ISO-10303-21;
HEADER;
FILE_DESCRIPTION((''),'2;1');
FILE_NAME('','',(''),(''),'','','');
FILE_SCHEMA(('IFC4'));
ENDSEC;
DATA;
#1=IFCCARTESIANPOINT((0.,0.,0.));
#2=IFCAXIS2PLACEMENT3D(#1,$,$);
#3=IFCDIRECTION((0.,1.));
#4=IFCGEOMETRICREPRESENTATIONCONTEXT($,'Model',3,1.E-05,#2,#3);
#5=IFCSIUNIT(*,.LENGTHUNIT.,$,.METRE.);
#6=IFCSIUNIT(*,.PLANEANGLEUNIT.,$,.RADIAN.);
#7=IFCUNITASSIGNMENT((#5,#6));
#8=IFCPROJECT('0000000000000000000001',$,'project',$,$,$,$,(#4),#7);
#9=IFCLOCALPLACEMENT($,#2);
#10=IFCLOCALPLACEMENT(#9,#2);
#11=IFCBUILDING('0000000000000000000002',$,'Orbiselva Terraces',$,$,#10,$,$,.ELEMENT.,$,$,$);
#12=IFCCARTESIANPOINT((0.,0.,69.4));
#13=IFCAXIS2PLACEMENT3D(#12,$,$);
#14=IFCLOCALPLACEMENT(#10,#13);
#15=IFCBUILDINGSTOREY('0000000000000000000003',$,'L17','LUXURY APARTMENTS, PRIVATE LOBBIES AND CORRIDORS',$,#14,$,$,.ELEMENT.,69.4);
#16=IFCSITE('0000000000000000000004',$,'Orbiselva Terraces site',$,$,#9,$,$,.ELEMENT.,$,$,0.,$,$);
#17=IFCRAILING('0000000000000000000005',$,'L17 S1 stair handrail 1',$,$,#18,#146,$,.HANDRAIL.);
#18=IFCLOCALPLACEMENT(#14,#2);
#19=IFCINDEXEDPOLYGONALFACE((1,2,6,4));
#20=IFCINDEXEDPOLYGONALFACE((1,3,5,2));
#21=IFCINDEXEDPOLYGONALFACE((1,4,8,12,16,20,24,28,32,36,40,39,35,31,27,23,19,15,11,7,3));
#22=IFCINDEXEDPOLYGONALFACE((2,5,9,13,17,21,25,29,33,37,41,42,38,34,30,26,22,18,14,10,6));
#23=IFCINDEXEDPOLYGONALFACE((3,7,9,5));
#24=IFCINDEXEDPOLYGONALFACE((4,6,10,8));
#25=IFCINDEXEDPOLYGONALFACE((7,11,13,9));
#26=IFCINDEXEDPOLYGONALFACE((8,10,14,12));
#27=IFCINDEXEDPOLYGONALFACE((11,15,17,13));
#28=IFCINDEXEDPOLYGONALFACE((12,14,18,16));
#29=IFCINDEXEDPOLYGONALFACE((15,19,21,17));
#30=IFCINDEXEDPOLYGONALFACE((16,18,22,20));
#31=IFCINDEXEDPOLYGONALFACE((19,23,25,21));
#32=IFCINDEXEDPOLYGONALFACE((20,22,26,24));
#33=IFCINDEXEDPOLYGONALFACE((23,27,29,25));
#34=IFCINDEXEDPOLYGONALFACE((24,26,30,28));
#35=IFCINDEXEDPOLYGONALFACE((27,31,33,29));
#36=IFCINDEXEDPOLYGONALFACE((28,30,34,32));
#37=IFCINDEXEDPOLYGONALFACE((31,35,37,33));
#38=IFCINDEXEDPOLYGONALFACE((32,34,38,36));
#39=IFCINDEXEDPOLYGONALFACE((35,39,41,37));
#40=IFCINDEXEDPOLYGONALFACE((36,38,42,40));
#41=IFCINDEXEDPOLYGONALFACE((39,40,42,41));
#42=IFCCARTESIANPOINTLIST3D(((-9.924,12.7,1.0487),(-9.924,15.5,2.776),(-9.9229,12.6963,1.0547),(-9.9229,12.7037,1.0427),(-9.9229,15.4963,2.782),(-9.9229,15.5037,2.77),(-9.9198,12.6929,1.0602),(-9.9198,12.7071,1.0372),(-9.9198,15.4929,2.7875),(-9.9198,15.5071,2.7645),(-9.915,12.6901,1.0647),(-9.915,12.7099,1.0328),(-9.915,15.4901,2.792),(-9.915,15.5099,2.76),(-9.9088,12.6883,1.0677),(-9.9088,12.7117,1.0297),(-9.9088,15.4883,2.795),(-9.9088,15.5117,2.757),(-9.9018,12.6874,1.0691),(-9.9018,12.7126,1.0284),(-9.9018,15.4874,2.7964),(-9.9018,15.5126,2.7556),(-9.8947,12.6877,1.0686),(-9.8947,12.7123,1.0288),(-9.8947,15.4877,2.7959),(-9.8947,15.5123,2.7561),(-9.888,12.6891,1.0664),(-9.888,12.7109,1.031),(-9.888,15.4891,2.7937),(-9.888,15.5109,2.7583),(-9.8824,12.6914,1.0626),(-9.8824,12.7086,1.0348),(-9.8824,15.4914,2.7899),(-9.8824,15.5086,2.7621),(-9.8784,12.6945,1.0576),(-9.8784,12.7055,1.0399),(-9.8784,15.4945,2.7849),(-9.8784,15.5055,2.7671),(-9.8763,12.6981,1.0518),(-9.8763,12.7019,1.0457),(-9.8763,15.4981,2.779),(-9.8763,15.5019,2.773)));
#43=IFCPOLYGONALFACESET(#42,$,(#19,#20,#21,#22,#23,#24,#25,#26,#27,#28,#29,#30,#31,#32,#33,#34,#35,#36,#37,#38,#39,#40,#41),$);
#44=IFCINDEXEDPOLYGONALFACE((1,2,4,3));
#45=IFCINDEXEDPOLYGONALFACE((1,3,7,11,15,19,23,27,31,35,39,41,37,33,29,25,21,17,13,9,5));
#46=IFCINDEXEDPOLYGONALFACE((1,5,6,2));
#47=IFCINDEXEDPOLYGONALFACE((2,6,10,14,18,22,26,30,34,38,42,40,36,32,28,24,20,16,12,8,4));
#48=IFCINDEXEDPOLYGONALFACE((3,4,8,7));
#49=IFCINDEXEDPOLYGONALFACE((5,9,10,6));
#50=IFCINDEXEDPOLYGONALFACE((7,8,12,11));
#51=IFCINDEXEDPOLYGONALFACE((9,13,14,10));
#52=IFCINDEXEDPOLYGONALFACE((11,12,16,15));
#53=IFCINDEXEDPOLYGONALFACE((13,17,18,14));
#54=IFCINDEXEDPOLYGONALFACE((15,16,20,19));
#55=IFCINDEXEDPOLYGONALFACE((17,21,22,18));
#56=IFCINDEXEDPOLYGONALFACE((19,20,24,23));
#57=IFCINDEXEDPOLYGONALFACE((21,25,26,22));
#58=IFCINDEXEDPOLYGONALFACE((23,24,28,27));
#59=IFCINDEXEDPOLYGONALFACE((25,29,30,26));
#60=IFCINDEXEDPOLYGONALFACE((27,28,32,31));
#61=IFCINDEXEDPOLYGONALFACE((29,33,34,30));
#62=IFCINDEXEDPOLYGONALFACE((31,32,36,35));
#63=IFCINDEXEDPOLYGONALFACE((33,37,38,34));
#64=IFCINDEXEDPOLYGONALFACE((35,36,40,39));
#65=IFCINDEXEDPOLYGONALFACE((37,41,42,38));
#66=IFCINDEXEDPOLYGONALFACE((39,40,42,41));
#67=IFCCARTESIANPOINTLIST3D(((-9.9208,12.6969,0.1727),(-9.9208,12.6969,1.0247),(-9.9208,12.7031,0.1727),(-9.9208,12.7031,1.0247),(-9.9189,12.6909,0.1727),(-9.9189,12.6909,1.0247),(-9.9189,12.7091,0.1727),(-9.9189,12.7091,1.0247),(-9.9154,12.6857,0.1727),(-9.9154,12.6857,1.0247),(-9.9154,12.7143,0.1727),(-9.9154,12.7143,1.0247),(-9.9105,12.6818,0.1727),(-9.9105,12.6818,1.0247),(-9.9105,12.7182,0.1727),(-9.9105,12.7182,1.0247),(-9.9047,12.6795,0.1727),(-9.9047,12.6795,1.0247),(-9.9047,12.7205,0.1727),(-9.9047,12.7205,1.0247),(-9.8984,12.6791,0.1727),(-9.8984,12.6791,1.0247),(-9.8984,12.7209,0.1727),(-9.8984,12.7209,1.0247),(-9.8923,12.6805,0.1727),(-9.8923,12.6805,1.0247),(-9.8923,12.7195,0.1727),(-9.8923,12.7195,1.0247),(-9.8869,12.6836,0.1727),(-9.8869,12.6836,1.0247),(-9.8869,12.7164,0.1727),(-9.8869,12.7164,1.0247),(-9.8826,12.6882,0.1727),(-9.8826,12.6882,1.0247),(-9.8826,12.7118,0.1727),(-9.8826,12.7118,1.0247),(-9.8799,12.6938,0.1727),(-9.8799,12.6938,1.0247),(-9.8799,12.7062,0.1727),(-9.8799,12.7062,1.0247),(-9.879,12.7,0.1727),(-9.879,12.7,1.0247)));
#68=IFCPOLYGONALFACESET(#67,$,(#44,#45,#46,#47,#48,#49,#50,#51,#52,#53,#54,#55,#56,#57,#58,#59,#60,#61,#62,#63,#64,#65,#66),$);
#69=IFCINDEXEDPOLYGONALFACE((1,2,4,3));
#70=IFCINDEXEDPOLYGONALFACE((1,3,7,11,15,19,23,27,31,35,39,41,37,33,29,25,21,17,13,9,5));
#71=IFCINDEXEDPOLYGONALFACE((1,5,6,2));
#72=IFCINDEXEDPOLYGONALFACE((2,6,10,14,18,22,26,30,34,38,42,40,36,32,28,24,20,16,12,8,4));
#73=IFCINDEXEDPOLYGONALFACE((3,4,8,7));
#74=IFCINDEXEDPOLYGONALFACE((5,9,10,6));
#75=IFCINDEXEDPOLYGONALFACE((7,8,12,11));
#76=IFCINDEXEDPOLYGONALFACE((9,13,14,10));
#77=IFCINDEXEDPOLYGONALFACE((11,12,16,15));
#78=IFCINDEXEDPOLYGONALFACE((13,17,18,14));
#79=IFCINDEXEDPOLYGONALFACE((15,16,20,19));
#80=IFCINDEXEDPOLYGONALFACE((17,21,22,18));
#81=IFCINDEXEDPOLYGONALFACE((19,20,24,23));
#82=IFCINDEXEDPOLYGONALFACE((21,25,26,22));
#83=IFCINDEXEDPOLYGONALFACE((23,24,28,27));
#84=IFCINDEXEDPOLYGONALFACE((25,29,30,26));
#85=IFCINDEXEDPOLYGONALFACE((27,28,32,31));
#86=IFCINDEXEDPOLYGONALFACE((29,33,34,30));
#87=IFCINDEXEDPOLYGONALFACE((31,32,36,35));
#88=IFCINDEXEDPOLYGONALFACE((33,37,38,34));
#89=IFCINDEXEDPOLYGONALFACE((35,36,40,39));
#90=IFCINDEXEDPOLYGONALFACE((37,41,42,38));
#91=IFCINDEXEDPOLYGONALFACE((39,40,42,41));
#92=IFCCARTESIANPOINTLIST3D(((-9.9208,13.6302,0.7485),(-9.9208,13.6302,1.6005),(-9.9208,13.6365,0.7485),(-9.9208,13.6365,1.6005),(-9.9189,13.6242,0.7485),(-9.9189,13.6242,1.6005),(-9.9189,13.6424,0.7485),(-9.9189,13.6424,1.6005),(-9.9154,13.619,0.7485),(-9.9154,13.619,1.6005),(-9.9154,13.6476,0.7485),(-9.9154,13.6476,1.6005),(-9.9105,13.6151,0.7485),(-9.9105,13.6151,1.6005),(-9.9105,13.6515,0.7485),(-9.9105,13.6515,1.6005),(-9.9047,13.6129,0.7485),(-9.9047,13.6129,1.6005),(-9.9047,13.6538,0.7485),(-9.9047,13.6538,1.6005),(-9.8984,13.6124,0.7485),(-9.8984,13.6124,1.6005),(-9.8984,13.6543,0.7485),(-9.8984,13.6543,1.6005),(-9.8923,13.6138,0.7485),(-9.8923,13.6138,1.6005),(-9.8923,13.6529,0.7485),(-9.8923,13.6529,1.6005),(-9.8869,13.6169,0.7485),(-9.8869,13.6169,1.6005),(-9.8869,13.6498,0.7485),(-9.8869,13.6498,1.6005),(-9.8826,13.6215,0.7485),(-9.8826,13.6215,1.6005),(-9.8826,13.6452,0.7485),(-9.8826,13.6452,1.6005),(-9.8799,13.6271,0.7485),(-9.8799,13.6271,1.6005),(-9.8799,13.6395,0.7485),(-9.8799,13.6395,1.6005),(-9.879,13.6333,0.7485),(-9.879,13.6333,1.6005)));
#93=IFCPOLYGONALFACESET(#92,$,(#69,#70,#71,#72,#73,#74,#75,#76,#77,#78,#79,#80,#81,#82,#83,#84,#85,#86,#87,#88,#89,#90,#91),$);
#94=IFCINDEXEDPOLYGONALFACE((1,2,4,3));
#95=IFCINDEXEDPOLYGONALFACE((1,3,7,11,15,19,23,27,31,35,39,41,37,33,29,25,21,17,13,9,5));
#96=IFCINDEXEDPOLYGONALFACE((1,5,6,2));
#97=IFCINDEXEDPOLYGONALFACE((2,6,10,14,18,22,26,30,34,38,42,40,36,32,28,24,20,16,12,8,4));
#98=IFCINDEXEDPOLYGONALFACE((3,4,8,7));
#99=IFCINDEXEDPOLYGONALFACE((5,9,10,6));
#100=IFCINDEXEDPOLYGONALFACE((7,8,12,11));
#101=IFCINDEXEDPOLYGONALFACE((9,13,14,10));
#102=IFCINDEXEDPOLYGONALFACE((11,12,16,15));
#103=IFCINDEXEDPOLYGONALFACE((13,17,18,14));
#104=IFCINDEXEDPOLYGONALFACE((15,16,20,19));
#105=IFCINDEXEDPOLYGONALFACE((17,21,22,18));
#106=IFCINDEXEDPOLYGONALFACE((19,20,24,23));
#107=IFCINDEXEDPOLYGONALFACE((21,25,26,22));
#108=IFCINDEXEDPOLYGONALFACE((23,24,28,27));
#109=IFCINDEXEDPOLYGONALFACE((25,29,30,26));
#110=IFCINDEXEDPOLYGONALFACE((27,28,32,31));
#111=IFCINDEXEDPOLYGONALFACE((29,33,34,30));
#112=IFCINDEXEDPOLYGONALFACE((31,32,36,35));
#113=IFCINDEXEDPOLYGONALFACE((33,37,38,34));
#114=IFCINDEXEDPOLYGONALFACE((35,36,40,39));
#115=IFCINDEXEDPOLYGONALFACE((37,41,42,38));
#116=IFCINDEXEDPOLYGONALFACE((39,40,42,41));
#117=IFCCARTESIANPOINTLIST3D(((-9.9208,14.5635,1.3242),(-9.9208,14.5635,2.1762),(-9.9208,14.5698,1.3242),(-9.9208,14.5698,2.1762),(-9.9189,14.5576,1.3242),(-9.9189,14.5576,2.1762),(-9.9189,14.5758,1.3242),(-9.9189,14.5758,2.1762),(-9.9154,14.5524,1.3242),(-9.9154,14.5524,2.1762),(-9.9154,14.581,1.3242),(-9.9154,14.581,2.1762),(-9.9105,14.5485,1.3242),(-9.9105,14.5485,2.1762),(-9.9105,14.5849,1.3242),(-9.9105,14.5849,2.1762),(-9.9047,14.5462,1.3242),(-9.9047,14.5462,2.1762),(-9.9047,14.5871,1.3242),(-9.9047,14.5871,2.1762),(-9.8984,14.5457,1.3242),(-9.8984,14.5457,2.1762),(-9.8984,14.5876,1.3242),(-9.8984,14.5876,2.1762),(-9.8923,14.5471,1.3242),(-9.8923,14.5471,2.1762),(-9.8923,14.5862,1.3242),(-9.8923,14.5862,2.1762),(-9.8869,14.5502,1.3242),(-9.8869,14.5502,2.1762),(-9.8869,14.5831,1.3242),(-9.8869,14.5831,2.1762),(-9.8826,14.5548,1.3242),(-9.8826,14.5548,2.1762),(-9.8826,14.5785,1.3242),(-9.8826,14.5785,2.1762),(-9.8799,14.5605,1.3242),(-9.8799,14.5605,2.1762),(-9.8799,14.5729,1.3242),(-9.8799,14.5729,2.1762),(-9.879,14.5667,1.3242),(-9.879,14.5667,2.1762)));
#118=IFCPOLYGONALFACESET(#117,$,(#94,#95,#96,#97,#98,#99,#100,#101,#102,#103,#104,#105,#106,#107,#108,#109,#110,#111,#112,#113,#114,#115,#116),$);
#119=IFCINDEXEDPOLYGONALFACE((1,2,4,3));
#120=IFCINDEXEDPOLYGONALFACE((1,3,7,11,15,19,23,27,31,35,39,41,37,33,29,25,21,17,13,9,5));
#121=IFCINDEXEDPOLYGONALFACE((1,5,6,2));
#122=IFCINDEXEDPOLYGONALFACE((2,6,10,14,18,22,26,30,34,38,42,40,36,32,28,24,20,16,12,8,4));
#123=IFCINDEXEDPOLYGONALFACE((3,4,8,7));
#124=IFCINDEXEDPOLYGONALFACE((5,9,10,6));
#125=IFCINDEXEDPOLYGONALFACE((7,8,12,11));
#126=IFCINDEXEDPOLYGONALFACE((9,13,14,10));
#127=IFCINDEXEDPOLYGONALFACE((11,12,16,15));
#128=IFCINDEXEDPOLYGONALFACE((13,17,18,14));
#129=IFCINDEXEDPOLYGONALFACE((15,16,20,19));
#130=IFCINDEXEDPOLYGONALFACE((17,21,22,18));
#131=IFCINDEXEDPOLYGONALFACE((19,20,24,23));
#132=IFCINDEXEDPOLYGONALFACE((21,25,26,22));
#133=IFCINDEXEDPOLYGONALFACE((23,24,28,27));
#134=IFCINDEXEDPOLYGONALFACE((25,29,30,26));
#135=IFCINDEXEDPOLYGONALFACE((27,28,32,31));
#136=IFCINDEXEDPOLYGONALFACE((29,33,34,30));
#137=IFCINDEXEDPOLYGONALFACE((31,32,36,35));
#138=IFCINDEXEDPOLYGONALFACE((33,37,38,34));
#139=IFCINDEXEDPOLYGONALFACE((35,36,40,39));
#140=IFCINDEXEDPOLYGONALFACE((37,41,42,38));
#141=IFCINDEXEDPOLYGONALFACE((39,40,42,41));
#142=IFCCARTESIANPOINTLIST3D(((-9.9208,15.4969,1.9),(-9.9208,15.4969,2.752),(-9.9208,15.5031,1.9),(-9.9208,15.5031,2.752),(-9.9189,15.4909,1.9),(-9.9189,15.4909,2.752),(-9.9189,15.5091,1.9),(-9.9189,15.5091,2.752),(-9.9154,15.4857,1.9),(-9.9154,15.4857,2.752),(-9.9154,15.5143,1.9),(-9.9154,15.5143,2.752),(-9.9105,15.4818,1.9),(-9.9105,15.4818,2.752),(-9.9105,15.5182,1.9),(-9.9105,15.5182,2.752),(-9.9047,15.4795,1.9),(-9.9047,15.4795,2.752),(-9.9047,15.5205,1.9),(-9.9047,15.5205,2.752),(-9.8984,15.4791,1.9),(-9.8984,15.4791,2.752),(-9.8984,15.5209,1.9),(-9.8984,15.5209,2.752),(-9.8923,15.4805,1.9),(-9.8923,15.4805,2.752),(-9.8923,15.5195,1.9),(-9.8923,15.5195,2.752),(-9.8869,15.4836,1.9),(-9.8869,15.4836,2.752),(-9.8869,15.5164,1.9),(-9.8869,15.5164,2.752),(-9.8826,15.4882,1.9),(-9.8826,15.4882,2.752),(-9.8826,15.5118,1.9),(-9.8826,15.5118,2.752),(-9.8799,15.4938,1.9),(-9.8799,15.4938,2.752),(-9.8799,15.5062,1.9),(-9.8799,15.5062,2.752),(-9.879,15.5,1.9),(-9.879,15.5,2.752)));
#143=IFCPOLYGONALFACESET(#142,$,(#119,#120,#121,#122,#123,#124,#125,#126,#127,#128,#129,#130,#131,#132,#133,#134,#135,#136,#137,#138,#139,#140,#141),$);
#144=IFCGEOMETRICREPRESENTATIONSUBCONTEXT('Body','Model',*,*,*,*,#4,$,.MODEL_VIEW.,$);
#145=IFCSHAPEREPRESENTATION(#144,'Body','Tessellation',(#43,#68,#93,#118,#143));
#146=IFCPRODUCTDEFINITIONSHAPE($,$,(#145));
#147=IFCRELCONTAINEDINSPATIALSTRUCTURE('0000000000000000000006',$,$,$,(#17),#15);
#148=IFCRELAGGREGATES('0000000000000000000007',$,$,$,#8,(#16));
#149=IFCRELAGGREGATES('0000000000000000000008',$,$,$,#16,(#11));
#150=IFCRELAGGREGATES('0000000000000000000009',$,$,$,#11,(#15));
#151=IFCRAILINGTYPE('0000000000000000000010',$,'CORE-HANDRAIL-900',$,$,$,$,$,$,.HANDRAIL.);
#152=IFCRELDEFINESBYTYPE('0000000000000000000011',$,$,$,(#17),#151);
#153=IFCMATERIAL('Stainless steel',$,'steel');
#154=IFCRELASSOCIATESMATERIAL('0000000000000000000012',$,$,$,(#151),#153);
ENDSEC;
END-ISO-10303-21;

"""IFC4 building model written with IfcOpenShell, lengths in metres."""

from ifc_helpers import new_model, si_unit, direction, frame, origin, origin_2d, place, context, subcontext, project, spatial, circle, extrude, material, type_object, element, save


model = new_model("IFC4")

# Units and contexts
model_context = context("Model", 3, precision=1e-05, world=origin(), true_north=direction((0.0, 1.0)))
body_context = subcontext(model_context, "Body", "Model", "MODEL_VIEW")
ifc_project = project(units=[si_unit("LENGTHUNIT", "METRE"), si_unit("PLANEANGLEUNIT", "RADIAN")], contexts=[model_context])

# Site, building, storey
site_placement = place(None, origin())
site = spatial("IfcSite", under=ifc_project, at=site_placement, Name="Orbiselva Terraces site", CompositionType="ELEMENT", RefElevation=0.0)
building_placement = place(site_placement, origin())
building = spatial("IfcBuilding", under=site, at=building_placement, Name="Orbiselva Terraces", CompositionType="ELEMENT")
storey_placement = place(building_placement, frame((0.0, 0.0, 69.4)))
storey = spatial("IfcBuildingStorey", under=building, at=storey_placement, Name="L17", Description="LUXURY APARTMENTS, PRIVATE LOBBIES AND CORRIDORS", CompositionType="ELEMENT", Elevation=69.4)

# Railing
ifc_material_1 = material(Name="Stainless steel", Category="steel")
railing_type_1 = type_object("IfcRailingType", Name="CORE-HANDRAIL-900", PredefinedType="HANDRAIL", material=ifc_material_1)
railing_1_placement = place(storey_placement, frame((-9.9, 12.7, 0.1727)))
element("IfcRailing", 1, at=railing_1_placement, inside=storey, type_object=railing_type_1, Name="L17 S1 stair handrail 1", PredefinedType="HANDRAIL", context=body_context, shape_type="SweptSolid", body=[
    extrude(circle(Radius=0.024, at=origin_2d()), frame((0.0, 0.0, 0.876), z_axis=(0.0, 0.851089, 0.525022), x_axis=(-1.0, 0.0, 0.0)), (0.0, 0.0, 1.0), 3.2899),
    extrude(circle(Radius=0.021, at=origin_2d()), origin(), (0.0, 0.0, 1.0), 0.852),
    extrude(circle(Radius=0.021, at=origin_2d()), frame((0.0, 0.9333, 0.5758)), (0.0, 0.0, 1.0), 0.852),
    extrude(circle(Radius=0.021, at=origin_2d()), frame((0.0, 1.8667, 1.1515)), (0.0, 0.0, 1.0), 0.852),
    extrude(circle(Radius=0.021, at=origin_2d()), frame((0.0, 2.8, 1.7273)), (0.0, 0.0, 1.0), 0.852),
])

save(model, "model.ifc")
